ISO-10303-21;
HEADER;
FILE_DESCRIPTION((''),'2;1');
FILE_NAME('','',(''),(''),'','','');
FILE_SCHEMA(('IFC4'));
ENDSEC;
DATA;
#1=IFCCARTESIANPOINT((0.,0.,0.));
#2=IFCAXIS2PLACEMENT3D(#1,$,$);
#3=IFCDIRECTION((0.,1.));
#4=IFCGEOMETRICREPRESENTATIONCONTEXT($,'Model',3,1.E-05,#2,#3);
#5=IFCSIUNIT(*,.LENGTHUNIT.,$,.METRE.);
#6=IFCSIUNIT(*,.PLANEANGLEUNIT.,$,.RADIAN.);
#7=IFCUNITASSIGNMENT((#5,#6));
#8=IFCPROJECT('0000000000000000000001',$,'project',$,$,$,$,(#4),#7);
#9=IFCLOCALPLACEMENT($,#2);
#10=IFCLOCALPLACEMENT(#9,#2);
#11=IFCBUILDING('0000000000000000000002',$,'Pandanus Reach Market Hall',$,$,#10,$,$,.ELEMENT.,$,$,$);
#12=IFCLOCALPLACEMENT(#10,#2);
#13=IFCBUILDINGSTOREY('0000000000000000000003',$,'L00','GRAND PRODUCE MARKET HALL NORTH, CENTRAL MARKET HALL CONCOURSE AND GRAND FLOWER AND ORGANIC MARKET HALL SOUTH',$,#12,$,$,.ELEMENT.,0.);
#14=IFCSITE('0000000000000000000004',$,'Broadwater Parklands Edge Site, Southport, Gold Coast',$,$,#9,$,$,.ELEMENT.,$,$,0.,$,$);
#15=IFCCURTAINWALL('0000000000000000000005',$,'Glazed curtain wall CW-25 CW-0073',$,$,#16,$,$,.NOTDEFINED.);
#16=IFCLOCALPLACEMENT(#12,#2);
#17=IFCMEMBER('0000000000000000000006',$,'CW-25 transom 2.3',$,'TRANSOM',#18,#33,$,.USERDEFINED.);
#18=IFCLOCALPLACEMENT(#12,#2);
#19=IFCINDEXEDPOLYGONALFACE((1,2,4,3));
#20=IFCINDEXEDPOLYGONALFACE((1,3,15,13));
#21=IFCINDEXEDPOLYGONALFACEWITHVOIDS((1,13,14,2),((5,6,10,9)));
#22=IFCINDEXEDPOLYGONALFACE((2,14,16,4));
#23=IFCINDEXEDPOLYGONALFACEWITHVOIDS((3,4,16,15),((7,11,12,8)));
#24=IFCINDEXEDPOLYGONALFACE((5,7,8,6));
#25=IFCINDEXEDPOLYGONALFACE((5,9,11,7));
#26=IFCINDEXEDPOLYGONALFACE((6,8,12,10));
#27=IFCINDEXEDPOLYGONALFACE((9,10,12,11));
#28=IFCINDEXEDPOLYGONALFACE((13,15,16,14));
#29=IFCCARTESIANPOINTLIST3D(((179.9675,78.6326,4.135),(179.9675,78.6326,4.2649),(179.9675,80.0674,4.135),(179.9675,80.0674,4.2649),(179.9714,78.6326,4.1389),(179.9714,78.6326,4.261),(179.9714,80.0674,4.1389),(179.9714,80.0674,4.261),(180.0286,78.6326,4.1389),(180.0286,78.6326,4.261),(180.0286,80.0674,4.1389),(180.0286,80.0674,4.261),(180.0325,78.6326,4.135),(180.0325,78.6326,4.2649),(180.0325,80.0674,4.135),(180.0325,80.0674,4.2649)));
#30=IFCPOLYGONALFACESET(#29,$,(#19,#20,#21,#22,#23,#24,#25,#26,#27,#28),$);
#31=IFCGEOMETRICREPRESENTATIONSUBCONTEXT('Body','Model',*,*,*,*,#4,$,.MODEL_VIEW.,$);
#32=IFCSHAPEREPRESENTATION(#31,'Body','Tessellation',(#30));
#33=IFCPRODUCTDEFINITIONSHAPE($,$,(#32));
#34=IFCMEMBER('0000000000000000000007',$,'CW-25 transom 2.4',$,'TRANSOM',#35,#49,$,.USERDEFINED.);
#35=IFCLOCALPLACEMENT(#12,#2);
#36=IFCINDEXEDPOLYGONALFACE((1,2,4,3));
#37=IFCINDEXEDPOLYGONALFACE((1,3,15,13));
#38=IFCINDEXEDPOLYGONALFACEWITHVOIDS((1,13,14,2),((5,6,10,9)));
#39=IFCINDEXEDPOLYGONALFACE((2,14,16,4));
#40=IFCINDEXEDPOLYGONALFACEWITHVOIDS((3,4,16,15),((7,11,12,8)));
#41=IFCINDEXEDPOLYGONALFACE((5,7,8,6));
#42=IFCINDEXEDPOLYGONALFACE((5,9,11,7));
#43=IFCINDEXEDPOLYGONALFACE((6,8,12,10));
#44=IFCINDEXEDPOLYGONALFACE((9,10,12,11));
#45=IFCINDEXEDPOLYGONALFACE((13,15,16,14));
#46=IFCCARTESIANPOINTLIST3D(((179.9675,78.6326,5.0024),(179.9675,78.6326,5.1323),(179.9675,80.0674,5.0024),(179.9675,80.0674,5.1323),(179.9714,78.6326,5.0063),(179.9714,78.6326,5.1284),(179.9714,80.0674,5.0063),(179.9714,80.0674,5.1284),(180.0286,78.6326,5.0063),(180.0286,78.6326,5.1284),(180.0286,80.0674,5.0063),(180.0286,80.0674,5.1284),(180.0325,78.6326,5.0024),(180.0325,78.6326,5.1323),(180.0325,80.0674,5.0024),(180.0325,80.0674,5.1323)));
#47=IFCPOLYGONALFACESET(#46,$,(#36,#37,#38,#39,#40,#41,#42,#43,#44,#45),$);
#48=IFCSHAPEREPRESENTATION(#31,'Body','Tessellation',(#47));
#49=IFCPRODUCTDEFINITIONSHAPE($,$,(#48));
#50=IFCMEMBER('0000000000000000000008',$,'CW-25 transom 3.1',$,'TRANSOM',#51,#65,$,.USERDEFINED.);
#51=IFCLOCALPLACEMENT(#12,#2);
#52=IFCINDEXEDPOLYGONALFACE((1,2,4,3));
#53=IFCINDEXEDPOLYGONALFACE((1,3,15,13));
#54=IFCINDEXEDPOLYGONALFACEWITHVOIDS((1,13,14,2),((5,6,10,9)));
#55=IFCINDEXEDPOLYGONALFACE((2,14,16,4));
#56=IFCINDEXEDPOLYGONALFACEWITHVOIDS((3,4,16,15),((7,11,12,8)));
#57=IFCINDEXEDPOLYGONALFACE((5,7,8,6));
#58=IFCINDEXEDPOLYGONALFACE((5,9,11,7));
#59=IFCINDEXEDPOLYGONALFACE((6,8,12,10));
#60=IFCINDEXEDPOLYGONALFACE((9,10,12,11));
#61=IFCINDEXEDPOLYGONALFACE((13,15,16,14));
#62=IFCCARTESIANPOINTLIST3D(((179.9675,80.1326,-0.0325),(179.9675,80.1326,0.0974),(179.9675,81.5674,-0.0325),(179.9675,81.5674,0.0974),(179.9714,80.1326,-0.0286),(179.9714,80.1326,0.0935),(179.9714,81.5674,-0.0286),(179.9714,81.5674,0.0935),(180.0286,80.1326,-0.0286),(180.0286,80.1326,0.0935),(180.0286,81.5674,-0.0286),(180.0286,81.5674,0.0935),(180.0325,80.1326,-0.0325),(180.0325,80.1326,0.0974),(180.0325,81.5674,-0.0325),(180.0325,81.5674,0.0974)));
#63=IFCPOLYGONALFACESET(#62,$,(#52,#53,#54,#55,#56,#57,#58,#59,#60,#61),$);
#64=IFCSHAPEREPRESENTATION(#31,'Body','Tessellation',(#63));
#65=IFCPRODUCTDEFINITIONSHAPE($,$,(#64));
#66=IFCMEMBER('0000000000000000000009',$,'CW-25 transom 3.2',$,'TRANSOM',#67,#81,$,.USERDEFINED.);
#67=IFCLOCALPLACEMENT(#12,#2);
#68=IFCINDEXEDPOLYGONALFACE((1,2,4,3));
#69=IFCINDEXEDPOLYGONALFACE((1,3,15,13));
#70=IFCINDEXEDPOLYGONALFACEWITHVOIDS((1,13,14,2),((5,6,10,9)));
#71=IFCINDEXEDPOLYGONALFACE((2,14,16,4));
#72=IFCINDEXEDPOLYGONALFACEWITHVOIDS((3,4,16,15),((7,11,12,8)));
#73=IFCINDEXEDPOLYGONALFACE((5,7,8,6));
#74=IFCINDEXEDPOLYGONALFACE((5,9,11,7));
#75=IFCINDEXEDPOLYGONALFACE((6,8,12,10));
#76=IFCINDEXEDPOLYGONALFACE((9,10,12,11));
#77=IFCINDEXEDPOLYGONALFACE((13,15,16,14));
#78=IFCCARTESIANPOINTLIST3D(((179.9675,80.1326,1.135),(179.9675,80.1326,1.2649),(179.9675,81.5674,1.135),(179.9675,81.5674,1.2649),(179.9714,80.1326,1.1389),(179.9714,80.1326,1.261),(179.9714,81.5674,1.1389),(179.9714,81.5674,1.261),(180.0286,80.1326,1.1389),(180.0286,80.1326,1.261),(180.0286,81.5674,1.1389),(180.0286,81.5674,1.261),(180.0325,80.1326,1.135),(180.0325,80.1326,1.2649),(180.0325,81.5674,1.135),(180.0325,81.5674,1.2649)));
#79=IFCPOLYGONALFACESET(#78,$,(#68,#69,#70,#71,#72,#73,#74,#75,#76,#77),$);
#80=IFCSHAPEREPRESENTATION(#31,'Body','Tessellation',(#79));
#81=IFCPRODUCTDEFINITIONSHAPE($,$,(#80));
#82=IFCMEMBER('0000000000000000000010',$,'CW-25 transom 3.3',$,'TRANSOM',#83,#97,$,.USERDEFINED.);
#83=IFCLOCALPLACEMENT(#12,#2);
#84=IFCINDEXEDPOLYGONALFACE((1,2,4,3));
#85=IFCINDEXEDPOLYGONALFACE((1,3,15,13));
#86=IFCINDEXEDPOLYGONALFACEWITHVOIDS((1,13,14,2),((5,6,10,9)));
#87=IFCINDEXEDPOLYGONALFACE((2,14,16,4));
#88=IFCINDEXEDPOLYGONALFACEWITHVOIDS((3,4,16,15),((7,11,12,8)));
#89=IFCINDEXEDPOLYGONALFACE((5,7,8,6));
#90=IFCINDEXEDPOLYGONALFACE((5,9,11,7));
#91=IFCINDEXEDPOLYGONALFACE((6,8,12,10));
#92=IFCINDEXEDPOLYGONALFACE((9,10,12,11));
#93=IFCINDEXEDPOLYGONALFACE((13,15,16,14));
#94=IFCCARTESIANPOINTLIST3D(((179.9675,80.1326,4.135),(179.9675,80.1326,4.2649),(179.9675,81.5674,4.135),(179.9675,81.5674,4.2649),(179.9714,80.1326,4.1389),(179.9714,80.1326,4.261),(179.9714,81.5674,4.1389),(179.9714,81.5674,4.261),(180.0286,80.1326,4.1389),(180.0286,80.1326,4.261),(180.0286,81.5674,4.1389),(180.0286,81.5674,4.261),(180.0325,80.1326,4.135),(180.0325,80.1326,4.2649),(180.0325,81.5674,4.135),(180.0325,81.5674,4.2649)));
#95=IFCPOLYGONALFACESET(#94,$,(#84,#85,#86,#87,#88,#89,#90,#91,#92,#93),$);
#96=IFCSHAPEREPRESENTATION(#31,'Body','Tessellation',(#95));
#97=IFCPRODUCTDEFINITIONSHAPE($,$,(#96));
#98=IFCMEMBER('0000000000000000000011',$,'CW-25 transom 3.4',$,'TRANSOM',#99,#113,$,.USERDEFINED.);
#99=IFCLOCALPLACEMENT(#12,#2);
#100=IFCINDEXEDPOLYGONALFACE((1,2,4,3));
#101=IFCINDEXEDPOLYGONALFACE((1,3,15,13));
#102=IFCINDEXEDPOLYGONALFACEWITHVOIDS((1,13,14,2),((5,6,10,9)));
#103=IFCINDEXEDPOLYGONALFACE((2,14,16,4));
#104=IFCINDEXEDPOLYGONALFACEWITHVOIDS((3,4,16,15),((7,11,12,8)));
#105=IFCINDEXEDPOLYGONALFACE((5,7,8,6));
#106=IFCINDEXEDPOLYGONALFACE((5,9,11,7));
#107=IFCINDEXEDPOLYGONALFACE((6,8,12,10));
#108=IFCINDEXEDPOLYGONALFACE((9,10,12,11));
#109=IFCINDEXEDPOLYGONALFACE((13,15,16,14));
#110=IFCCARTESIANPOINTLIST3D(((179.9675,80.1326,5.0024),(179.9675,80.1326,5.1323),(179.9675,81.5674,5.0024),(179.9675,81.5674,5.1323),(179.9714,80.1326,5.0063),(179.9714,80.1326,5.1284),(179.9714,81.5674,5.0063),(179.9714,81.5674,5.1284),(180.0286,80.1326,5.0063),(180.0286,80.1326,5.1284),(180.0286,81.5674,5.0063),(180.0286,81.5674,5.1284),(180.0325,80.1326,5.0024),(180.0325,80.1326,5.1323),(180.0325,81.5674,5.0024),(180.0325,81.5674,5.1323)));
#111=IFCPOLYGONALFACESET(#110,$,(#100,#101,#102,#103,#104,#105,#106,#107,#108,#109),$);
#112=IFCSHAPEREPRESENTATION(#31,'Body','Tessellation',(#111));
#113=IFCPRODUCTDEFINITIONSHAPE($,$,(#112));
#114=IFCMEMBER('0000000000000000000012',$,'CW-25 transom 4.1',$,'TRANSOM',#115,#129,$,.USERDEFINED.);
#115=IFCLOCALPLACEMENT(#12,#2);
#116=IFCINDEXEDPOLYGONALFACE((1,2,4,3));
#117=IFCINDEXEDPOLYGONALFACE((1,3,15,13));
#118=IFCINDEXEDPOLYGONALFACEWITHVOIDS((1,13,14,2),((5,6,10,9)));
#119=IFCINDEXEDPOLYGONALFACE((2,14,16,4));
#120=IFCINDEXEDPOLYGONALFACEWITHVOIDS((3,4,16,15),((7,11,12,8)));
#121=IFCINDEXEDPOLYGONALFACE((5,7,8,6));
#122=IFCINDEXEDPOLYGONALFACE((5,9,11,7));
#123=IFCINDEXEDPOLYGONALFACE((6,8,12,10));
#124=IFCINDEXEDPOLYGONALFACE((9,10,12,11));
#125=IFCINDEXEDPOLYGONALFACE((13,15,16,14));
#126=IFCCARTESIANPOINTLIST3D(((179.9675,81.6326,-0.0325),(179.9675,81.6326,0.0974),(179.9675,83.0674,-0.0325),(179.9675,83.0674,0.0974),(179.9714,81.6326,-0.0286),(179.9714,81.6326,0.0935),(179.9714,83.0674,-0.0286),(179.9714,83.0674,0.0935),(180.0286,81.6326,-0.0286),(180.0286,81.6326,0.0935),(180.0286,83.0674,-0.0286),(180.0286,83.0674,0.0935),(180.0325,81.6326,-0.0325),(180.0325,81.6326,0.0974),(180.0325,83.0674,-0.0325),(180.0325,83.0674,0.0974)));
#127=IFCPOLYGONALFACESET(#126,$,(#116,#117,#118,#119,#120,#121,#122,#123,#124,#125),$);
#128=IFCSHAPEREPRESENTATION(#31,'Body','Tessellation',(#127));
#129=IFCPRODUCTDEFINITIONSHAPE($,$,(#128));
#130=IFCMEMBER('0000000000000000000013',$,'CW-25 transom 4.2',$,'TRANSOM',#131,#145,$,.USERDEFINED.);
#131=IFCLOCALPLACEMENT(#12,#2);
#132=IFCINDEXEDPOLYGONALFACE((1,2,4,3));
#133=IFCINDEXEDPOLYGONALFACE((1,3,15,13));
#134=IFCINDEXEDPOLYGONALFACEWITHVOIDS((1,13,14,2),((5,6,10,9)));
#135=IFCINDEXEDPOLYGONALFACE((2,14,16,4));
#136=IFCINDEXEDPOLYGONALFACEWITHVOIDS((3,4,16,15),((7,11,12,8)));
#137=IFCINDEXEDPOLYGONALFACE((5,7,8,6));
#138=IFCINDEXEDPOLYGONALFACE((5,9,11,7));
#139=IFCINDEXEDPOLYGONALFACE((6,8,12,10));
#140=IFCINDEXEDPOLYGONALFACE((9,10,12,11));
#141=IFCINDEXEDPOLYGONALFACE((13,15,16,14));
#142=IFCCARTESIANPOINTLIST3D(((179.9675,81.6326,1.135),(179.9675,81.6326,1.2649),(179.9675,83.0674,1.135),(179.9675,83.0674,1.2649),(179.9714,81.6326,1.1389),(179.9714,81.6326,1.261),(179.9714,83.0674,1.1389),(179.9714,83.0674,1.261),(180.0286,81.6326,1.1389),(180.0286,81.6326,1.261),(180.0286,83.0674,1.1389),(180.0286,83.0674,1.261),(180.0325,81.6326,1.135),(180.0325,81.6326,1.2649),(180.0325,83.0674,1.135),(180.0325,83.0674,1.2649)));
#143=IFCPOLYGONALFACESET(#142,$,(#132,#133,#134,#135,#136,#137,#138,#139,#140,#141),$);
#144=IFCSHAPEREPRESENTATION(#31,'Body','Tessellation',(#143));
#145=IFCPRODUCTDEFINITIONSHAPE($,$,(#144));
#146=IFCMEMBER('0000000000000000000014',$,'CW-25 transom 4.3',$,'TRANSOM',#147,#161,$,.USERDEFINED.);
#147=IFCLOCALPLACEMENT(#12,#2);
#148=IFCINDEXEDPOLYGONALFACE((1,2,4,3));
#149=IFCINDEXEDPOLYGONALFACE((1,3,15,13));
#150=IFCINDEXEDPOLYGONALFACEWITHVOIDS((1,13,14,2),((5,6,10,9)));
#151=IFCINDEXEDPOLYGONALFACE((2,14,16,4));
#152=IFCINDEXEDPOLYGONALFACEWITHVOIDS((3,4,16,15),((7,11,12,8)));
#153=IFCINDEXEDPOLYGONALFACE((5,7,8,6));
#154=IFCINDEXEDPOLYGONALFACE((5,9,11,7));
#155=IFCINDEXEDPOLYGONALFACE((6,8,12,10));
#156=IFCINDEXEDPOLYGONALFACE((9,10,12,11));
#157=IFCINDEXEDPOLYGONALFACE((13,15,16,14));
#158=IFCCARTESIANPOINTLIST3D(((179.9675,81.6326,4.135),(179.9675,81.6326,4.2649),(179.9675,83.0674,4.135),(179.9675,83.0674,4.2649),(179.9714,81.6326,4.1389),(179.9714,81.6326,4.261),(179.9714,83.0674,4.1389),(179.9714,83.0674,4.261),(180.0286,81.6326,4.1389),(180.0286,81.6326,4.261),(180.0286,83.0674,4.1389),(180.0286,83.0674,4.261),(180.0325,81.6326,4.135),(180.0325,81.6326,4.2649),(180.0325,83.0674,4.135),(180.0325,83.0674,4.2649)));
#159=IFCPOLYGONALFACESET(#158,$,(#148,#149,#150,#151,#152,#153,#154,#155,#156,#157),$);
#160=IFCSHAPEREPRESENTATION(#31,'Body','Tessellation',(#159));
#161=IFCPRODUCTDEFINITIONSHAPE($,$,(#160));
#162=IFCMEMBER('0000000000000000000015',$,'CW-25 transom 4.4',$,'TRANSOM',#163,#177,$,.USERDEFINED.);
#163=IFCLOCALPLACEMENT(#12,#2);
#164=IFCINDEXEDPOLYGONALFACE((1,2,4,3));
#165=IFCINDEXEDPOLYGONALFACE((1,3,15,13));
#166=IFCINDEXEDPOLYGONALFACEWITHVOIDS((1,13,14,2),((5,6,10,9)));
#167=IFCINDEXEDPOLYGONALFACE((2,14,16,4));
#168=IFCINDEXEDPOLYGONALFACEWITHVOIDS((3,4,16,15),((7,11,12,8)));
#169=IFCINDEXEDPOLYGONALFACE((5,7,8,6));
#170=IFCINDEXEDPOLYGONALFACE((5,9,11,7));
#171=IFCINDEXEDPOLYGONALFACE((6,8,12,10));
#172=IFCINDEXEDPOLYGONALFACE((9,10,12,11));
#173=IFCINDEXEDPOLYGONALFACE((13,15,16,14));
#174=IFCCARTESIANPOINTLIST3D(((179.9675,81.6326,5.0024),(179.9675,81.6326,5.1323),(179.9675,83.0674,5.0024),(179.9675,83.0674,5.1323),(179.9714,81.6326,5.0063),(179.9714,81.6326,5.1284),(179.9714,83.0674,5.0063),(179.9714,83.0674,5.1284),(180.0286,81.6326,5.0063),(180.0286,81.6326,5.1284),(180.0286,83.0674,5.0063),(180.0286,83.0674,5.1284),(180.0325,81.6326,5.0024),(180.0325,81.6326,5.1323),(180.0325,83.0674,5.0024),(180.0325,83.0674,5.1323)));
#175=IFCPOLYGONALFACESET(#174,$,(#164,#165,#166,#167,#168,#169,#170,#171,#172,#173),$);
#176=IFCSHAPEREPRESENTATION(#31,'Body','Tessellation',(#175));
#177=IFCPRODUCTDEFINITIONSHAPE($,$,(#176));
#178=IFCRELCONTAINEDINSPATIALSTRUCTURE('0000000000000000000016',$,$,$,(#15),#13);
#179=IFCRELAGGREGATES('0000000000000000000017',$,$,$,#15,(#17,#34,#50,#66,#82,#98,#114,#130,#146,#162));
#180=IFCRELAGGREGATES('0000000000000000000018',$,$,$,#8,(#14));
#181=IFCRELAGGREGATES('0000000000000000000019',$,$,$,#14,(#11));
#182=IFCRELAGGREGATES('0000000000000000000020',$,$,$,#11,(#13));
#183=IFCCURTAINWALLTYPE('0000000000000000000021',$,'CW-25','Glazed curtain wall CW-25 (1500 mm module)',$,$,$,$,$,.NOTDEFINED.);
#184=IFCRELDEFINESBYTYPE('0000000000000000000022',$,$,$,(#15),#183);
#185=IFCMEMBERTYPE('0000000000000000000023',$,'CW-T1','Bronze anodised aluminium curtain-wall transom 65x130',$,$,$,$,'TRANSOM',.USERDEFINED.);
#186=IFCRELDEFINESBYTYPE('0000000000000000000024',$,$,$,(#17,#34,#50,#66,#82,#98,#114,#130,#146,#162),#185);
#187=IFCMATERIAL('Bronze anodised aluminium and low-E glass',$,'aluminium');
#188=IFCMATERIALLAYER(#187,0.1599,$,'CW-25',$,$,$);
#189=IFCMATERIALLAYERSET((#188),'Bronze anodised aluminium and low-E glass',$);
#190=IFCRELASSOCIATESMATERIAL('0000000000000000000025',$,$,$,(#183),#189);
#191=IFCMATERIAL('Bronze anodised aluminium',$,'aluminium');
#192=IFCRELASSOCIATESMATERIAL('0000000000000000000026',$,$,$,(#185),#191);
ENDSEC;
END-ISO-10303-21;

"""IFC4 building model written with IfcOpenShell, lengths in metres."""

from ifc_helpers import new_model, si_unit, direction, frame, origin, origin_2d, place, context, subcontext, project, spatial, hollow_rectangle, extrude, material, layer, layer_set, material_profile, profile_set, type_object, element, aggregate, save


model = new_model("IFC4")

# Units and contexts
model_context = context("Model", 3, precision=1e-05, world=origin(), true_north=direction((0.0, 1.0)))
body_context = subcontext(model_context, "Body", "Model", "MODEL_VIEW")
ifc_project = project(units=[si_unit("LENGTHUNIT", "METRE"), si_unit("PLANEANGLEUNIT", "RADIAN")], contexts=[model_context])

# Site, building, storey
site_placement = place(None, origin())
site = spatial("IfcSite", under=ifc_project, at=site_placement, Name="Broadwater Parklands Edge Site, Southport, Gold Coast", CompositionType="ELEMENT", RefElevation=0.0)
building_placement = place(site_placement, origin())
building = spatial("IfcBuilding", under=site, at=building_placement, Name="Pandanus Reach Market Hall", CompositionType="ELEMENT")
storey_placement = place(building_placement, origin())
storey = spatial("IfcBuildingStorey", under=building, at=storey_placement, Name="L00", Description="GRAND PRODUCE MARKET HALL NORTH, CENTRAL MARKET HALL CONCOURSE AND GRAND FLOWER AND ORGANIC MARKET HALL SOUTH", CompositionType="ELEMENT", Elevation=0.0)

# Curtain wall, members
ifc_material_1 = material(Name="Bronze anodised aluminium and low-E glass", Category="aluminium")
ifc_layer_1 = layer(ifc_material_1, 0.1599, Name="CW-25")
ifc_layer_set_1 = layer_set([ifc_layer_1], Name="Bronze anodised aluminium and low-E glass")
curtain_wall_type = type_object("IfcCurtainWallType", Name="CW-25", Description="Glazed curtain wall CW-25 (1500 mm module)", PredefinedType="NOTDEFINED", material=ifc_layer_set_1)
curtain_wall_placement = place(storey_placement, origin())
curtain_wall = element("IfcCurtainWall", 1, at=curtain_wall_placement, inside=storey, type_object=curtain_wall_type, Name="Glazed curtain wall CW-25 CW-0073", PredefinedType="NOTDEFINED")
ifc_material_2 = material(Name="Bronze anodised aluminium", Category="aluminium")
ifc_material_profile_1 = material_profile(ifc_material_2, hollow_rectangle(XDim=0.0649, YDim=0.1299, WallThickness=0.0039, at=origin_2d()), Name="ALU65x130", Category="LoadBearing")
ifc_profile_set_1 = profile_set([ifc_material_profile_1], Name="Bronze anodised aluminium")
member_type_1 = type_object("IfcMemberType", Name="CW-T1", Description="Bronze anodised aluminium curtain-wall transom 65x130", ElementType="TRANSOM", PredefinedType="USERDEFINED", material=ifc_profile_set_1)
member_1_placement = place(storey_placement, frame((180.0, 78.6326, 4.2), z_axis=(0.0, 1.0, 0.0), x_axis=(-1.0, 0.0, 0.0)))
member_1 = element("IfcMember", 2, at=member_1_placement, type_object=member_type_1, Name="CW-25 transom 2.3", ObjectType="TRANSOM", PredefinedType="USERDEFINED", context=body_context, shape_type="SweptSolid", body=[
    extrude(hollow_rectangle(XDim=0.0649, YDim=0.1299, WallThickness=0.0039, at=origin_2d()), origin(), (0.0, 0.0, 1.0), 1.4348),
])
member_2_placement = place(storey_placement, frame((180.0, 78.6326, 5.0674), z_axis=(0.0, 1.0, 0.0), x_axis=(-1.0, 0.0, 0.0)))
member_2 = element("IfcMember", 3, at=member_2_placement, type_object=member_type_1, Name="CW-25 transom 2.4", ObjectType="TRANSOM", PredefinedType="USERDEFINED", context=body_context, shape_type="SweptSolid", body=[
    extrude(hollow_rectangle(XDim=0.0649, YDim=0.1299, WallThickness=0.0039, at=origin_2d()), origin(), (0.0, 0.0, 1.0), 1.4348),
])
member_3_placement = place(storey_placement, frame((180.0, 80.1326, 0.0325), z_axis=(0.0, 1.0, 0.0), x_axis=(-1.0, 0.0, 0.0)))
member_3 = element("IfcMember", 4, at=member_3_placement, type_object=member_type_1, Name="CW-25 transom 3.1", ObjectType="TRANSOM", PredefinedType="USERDEFINED", context=body_context, shape_type="SweptSolid", body=[
    extrude(hollow_rectangle(XDim=0.0649, YDim=0.1299, WallThickness=0.0039, at=origin_2d()), origin(), (0.0, 0.0, 1.0), 1.4348),
])
member_4_placement = place(storey_placement, frame((180.0, 80.1326, 1.2), z_axis=(0.0, 1.0, 0.0), x_axis=(-1.0, 0.0, 0.0)))
member_4 = element("IfcMember", 5, at=member_4_placement, type_object=member_type_1, Name="CW-25 transom 3.2", ObjectType="TRANSOM", PredefinedType="USERDEFINED", context=body_context, shape_type="SweptSolid", body=[
    extrude(hollow_rectangle(XDim=0.0649, YDim=0.1299, WallThickness=0.0039, at=origin_2d()), origin(), (0.0, 0.0, 1.0), 1.4348),
])
member_5_placement = place(storey_placement, frame((180.0, 80.1326, 4.2), z_axis=(0.0, 1.0, 0.0), x_axis=(-1.0, 0.0, 0.0)))
member_5 = element("IfcMember", 6, at=member_5_placement, type_object=member_type_1, Name="CW-25 transom 3.3", ObjectType="TRANSOM", PredefinedType="USERDEFINED", context=body_context, shape_type="SweptSolid", body=[
    extrude(hollow_rectangle(XDim=0.0649, YDim=0.1299, WallThickness=0.0039, at=origin_2d()), origin(), (0.0, 0.0, 1.0), 1.4348),
])
member_6_placement = place(storey_placement, frame((180.0, 80.1326, 5.0674), z_axis=(0.0, 1.0, 0.0), x_axis=(-1.0, 0.0, 0.0)))
member_6 = element("IfcMember", 7, at=member_6_placement, type_object=member_type_1, Name="CW-25 transom 3.4", ObjectType="TRANSOM", PredefinedType="USERDEFINED", context=body_context, shape_type="SweptSolid", body=[
    extrude(hollow_rectangle(XDim=0.0649, YDim=0.1299, WallThickness=0.0039, at=origin_2d()), origin(), (0.0, 0.0, 1.0), 1.4348),
])
member_7_placement = place(storey_placement, frame((180.0, 81.6326, 0.0325), z_axis=(0.0, 1.0, 0.0), x_axis=(-1.0, 0.0, 0.0)))
member_7 = element("IfcMember", 8, at=member_7_placement, type_object=member_type_1, Name="CW-25 transom 4.1", ObjectType="TRANSOM", PredefinedType="USERDEFINED", context=body_context, shape_type="SweptSolid", body=[
    extrude(hollow_rectangle(XDim=0.0649, YDim=0.1299, WallThickness=0.0039, at=origin_2d()), origin(), (0.0, 0.0, 1.0), 1.4348),
])
member_8_placement = place(storey_placement, frame((180.0, 81.6326, 1.2), z_axis=(0.0, 1.0, 0.0), x_axis=(-1.0, 0.0, 0.0)))
member_8 = element("IfcMember", 9, at=member_8_placement, type_object=member_type_1, Name="CW-25 transom 4.2", ObjectType="TRANSOM", PredefinedType="USERDEFINED", context=body_context, shape_type="SweptSolid", body=[
    extrude(hollow_rectangle(XDim=0.0649, YDim=0.1299, WallThickness=0.0039, at=origin_2d()), origin(), (0.0, 0.0, 1.0), 1.4348),
])
member_9_placement = place(storey_placement, frame((180.0, 81.6326, 4.2), z_axis=(0.0, 1.0, 0.0), x_axis=(-1.0, 0.0, 0.0)))
member_9 = element("IfcMember", 10, at=member_9_placement, type_object=member_type_1, Name="CW-25 transom 4.3", ObjectType="TRANSOM", PredefinedType="USERDEFINED", context=body_context, shape_type="SweptSolid", body=[
    extrude(hollow_rectangle(XDim=0.0649, YDim=0.1299, WallThickness=0.0039, at=origin_2d()), origin(), (0.0, 0.0, 1.0), 1.4348),
])
member_10_placement = place(storey_placement, frame((180.0, 81.6326, 5.0674), z_axis=(0.0, 1.0, 0.0), x_axis=(-1.0, 0.0, 0.0)))
member_10 = element("IfcMember", 11, at=member_10_placement, type_object=member_type_1, Name="CW-25 transom 4.4", ObjectType="TRANSOM", PredefinedType="USERDEFINED", context=body_context, shape_type="SweptSolid", body=[
    extrude(hollow_rectangle(XDim=0.0649, YDim=0.1299, WallThickness=0.0039, at=origin_2d()), origin(), (0.0, 0.0, 1.0), 1.4348),
])

aggregate(curtain_wall, [member_1, member_2, member_3, member_4, member_5, member_6, member_7, member_8, member_9, member_10])

save(model, "model.ifc")
